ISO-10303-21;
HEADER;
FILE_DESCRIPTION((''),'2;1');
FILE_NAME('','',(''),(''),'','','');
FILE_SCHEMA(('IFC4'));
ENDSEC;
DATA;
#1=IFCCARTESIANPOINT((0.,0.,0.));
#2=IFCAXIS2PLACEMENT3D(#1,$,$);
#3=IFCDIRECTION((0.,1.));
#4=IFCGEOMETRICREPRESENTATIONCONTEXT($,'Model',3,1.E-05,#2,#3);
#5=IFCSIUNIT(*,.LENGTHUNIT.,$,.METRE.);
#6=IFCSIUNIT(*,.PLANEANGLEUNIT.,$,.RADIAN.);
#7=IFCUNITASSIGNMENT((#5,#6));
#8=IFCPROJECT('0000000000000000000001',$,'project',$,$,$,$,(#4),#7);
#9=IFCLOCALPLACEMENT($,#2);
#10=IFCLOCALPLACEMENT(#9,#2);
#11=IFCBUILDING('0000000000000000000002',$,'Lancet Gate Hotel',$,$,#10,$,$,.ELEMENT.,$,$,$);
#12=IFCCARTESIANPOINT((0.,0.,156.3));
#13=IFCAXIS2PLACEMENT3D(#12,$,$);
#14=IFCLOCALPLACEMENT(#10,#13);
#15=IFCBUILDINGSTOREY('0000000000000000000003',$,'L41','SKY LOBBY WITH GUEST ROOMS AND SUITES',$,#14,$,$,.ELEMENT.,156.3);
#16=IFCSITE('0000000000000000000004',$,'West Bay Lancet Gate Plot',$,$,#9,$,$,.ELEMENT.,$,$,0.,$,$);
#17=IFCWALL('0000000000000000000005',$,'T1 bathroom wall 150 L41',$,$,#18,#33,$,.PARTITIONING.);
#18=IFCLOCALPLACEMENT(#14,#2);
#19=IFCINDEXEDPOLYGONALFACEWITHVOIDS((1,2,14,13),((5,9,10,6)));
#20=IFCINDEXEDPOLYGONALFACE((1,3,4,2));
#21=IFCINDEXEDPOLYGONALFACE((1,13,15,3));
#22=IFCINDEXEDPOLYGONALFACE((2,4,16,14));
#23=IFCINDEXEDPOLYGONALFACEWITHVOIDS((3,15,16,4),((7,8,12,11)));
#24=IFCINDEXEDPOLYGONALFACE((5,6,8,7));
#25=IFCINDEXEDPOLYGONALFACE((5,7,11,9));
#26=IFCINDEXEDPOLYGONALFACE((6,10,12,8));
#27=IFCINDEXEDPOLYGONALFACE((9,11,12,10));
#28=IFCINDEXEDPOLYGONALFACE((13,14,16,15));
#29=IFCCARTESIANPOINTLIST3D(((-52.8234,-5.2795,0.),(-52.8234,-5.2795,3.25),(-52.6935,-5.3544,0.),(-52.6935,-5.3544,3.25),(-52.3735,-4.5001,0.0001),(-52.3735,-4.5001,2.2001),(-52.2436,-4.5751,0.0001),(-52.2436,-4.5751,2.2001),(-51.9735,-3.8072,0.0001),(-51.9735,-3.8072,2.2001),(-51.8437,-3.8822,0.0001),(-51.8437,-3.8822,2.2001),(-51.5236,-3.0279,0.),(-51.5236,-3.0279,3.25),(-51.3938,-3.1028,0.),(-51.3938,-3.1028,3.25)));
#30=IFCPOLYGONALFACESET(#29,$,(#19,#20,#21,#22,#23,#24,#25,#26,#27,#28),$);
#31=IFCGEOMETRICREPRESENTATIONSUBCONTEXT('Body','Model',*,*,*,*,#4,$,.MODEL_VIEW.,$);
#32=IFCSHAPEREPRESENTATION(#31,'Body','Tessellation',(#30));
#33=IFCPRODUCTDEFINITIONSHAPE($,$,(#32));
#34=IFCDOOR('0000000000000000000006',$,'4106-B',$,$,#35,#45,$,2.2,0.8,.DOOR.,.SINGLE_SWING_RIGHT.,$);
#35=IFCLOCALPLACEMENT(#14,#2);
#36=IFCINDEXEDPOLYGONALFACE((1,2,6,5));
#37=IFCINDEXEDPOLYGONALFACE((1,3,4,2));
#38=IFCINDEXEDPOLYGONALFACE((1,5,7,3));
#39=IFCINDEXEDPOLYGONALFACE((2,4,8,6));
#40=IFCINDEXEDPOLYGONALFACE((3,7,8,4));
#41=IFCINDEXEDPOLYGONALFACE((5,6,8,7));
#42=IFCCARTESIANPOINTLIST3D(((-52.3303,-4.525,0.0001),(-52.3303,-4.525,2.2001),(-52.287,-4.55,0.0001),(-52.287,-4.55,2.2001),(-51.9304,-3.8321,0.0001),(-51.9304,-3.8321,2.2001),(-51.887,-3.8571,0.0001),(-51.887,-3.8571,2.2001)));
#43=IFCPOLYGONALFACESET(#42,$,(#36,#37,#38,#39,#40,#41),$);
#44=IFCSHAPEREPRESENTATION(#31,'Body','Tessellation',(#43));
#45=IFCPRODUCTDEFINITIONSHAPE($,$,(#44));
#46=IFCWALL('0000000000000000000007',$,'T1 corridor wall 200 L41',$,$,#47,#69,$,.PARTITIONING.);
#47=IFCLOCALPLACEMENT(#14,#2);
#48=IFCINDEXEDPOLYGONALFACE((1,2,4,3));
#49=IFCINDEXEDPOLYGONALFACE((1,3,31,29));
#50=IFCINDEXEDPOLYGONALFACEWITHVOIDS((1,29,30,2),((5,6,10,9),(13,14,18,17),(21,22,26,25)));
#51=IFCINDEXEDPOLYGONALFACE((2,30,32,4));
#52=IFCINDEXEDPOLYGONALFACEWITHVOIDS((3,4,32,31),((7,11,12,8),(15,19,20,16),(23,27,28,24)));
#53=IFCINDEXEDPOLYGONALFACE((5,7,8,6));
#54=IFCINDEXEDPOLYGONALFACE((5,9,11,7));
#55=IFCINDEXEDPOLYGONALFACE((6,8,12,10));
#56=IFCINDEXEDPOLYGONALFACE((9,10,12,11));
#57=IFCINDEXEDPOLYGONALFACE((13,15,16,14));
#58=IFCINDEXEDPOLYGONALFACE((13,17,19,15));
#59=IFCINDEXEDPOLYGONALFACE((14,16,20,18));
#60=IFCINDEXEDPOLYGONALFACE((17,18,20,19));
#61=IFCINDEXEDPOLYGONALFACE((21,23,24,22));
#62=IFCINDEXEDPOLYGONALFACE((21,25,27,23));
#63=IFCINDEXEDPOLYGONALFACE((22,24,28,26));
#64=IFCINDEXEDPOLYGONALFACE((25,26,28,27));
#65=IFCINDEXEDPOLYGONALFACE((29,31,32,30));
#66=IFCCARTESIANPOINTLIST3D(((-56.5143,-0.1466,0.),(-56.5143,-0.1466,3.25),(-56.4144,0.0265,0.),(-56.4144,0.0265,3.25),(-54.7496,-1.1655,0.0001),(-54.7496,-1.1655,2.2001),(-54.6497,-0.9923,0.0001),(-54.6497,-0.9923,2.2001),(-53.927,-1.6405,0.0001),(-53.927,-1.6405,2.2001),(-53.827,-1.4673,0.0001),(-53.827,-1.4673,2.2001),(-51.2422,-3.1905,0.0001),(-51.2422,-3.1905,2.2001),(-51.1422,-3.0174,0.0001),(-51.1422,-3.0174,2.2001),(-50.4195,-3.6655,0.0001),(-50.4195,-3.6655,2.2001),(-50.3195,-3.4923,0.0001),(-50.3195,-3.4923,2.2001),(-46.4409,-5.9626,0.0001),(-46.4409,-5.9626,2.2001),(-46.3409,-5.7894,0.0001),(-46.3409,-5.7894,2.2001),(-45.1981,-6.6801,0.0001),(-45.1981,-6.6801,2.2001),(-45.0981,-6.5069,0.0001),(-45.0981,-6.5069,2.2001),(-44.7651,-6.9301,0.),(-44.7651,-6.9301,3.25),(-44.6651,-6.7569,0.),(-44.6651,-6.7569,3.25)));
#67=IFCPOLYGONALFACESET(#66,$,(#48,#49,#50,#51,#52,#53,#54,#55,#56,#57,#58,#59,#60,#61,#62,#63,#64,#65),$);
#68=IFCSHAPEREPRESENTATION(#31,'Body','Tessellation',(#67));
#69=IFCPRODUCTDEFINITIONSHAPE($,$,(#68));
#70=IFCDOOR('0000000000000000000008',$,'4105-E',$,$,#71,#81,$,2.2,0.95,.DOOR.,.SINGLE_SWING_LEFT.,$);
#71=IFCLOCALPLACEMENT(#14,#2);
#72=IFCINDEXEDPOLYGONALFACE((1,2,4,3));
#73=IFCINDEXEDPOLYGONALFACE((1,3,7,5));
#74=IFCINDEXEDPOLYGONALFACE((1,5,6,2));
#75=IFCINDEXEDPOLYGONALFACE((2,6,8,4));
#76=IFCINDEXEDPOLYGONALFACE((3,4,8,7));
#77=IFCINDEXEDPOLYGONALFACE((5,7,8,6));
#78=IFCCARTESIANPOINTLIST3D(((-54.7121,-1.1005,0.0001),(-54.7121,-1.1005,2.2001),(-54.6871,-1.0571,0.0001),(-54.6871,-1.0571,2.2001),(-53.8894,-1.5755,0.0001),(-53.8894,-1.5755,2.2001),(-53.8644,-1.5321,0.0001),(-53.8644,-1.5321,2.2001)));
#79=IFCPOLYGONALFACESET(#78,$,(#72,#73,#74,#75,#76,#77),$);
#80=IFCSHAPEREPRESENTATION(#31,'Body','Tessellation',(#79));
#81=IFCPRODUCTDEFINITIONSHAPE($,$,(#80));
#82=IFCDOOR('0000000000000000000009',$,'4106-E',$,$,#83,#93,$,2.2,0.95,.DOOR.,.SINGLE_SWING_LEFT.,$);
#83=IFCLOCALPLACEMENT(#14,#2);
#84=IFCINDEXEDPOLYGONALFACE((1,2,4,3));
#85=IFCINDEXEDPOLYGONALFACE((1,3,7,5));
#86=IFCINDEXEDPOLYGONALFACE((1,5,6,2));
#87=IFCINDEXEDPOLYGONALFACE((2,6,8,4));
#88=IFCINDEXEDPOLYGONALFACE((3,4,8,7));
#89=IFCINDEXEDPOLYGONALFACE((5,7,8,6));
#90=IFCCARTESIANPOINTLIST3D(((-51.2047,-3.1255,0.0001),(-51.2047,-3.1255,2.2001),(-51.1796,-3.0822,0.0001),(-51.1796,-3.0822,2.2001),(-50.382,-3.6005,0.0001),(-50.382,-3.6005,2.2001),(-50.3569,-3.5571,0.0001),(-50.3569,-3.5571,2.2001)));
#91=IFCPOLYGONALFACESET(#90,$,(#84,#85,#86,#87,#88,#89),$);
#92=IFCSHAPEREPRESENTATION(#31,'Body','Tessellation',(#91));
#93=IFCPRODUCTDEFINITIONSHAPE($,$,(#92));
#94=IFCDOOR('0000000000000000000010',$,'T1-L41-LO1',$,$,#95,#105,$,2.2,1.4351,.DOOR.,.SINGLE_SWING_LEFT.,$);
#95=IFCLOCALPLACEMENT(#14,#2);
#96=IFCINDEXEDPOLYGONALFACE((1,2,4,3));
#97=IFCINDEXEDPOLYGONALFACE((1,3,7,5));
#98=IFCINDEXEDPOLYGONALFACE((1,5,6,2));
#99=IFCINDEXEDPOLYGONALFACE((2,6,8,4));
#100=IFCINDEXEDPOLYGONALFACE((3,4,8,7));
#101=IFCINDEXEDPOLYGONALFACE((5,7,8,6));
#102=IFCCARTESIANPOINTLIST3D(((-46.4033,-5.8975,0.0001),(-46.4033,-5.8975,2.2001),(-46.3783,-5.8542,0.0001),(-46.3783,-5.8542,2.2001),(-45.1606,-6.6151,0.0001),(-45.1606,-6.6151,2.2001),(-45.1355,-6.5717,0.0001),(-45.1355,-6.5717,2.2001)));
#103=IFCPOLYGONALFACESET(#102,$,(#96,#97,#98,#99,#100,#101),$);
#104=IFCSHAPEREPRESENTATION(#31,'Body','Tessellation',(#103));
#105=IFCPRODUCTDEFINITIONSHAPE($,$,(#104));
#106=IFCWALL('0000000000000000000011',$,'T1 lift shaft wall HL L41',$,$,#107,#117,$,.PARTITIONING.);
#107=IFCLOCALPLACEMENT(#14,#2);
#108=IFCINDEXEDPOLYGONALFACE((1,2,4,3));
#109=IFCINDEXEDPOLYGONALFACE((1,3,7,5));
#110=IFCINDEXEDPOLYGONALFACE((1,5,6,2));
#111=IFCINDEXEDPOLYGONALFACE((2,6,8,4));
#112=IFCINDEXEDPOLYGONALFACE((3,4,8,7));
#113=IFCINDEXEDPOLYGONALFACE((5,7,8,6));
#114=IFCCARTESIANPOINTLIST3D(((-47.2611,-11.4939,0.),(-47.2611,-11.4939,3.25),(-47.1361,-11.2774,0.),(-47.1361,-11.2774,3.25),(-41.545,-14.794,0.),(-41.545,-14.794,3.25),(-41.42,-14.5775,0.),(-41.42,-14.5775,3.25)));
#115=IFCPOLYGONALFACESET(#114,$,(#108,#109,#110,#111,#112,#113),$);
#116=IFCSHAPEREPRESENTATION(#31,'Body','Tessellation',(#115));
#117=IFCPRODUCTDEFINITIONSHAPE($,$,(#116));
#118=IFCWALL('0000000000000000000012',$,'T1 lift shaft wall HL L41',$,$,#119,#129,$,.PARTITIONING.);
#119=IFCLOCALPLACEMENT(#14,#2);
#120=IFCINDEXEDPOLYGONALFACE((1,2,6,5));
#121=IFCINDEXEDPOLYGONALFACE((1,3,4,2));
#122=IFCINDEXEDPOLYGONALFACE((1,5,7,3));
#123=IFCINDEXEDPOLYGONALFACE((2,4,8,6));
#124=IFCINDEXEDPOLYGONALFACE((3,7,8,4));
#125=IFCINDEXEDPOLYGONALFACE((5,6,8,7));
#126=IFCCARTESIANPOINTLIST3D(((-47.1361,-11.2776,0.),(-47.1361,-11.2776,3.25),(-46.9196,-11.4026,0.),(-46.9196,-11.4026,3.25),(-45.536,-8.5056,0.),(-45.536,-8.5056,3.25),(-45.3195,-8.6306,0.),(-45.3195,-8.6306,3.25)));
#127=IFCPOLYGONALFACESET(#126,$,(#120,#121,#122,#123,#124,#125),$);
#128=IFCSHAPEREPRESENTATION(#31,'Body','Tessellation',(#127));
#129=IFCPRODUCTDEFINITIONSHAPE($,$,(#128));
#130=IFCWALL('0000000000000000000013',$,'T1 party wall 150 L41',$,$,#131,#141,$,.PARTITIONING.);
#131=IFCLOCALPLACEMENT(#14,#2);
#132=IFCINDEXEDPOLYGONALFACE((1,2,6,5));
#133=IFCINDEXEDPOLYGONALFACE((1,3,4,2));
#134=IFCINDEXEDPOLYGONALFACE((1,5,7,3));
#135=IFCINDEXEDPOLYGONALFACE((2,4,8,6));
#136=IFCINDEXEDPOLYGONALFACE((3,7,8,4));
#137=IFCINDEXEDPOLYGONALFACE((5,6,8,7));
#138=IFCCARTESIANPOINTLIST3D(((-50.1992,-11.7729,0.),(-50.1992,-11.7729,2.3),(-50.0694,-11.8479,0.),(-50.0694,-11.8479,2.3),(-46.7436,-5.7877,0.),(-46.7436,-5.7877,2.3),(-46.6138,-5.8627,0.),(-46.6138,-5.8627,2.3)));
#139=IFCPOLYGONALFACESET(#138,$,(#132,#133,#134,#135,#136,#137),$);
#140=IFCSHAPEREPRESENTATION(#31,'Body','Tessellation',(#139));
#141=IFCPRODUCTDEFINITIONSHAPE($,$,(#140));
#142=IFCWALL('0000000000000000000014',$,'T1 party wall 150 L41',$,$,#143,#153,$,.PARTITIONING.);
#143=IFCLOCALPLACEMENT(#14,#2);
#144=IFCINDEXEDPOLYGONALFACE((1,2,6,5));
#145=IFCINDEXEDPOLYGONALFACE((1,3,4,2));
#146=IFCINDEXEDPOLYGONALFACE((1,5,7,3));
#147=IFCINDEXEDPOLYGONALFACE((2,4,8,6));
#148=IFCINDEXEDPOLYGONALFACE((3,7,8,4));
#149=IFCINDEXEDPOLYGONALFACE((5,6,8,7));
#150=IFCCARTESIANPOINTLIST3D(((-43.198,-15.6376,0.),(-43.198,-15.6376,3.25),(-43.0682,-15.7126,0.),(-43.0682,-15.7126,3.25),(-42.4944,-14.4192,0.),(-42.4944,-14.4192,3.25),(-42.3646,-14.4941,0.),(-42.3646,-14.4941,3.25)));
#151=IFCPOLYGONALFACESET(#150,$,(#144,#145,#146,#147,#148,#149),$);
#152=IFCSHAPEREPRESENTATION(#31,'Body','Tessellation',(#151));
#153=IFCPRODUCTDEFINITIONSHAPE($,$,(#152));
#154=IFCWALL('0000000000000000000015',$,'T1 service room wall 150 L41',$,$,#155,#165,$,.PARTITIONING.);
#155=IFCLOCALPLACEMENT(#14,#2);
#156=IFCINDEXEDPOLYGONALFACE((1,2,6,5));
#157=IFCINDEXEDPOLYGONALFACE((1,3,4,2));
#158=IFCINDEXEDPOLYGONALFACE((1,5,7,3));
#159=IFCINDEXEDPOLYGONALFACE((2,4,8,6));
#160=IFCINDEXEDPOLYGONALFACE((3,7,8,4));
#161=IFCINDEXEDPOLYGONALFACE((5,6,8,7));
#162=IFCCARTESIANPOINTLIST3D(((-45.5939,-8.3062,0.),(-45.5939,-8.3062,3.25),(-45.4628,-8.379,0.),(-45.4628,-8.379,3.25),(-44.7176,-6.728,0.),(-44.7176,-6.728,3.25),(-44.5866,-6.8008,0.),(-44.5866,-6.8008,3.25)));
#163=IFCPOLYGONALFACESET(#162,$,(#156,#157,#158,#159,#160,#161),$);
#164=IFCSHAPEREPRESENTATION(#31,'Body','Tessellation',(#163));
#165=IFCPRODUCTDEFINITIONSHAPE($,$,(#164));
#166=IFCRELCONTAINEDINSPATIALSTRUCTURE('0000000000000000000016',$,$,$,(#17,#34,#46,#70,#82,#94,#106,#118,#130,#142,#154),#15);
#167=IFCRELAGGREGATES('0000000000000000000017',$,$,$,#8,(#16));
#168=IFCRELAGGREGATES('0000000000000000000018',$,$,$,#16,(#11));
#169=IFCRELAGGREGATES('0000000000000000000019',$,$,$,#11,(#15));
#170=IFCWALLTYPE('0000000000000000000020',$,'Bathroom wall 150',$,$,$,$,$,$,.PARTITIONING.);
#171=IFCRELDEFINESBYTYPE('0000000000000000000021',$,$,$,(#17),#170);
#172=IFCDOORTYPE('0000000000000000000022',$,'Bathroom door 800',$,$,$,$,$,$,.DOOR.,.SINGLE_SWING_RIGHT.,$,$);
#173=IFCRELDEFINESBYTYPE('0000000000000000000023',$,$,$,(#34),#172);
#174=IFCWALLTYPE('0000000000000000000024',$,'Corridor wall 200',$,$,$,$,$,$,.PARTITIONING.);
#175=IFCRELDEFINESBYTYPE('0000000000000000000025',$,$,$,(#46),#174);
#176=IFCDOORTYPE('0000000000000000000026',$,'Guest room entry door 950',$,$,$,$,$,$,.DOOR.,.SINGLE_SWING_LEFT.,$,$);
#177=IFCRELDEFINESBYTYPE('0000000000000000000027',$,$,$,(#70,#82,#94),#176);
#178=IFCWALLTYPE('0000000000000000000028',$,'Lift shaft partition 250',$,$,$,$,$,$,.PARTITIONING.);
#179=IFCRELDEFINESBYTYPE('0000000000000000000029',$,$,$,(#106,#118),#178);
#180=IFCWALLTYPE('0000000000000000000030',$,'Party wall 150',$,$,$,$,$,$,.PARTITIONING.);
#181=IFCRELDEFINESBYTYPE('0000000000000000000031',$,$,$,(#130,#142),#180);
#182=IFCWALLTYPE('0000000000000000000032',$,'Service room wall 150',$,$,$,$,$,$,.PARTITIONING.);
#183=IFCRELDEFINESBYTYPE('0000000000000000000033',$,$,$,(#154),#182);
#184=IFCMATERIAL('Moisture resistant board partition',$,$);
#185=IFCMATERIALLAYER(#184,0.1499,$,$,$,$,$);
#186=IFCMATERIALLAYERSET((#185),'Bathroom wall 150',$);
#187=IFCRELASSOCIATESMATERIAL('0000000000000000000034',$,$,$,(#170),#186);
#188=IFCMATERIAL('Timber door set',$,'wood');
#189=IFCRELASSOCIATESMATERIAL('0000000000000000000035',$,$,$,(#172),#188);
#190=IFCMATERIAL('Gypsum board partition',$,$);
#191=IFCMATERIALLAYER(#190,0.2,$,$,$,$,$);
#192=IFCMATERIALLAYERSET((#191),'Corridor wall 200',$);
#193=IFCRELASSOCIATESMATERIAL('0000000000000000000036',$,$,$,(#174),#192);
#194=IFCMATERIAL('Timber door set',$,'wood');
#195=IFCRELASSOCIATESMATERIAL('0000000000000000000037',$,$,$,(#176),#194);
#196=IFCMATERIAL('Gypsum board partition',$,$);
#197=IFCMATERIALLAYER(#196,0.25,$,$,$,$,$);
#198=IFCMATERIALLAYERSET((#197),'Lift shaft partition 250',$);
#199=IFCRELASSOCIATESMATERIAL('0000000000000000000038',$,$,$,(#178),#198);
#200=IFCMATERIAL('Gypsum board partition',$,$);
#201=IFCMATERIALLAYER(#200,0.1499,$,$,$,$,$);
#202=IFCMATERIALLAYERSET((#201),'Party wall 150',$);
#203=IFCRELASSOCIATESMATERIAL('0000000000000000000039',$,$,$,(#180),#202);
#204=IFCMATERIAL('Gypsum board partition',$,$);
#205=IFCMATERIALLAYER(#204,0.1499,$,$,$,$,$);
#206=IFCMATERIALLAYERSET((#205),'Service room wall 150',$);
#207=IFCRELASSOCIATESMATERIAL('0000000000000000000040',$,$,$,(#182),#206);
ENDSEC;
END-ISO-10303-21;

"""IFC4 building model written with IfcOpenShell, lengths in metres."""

from ifc_helpers import new_model, si_unit, direction, frame, frame_2d, origin, place, context, subcontext, project, spatial, rectangle, extrude, material, layer, layer_set, type_object, element, fill, save


model = new_model("IFC4")

# Units and contexts
model_context = context("Model", 3, precision=1e-05, world=origin(), true_north=direction((0.0, 1.0)))
body_context = subcontext(model_context, "Body", "Model", "MODEL_VIEW")
ifc_project = project(units=[si_unit("LENGTHUNIT", "METRE"), si_unit("PLANEANGLEUNIT", "RADIAN")], contexts=[model_context])

# Site, building, storey
site_placement = place(None, origin())
site = spatial("IfcSite", under=ifc_project, at=site_placement, Name="West Bay Lancet Gate Plot", CompositionType="ELEMENT", RefElevation=0.0)
building_placement = place(site_placement, origin())
building = spatial("IfcBuilding", under=site, at=building_placement, Name="Lancet Gate Hotel", CompositionType="ELEMENT")
storey_placement = place(building_placement, frame((0.0, 0.0, 156.3)))
storey = spatial("IfcBuildingStorey", under=building, at=storey_placement, Name="L41", Description="SKY LOBBY WITH GUEST ROOMS AND SUITES", CompositionType="ELEMENT", Elevation=156.3)

# Wall, opening, door
ifc_material_1 = material(Name="Moisture resistant board partition")
ifc_layer_1 = layer(ifc_material_1, 0.1499)
ifc_layer_set_1 = layer_set([ifc_layer_1], Name="Bathroom wall 150")
wall_type_1 = type_object("IfcWallType", Name="Bathroom wall 150", PredefinedType="PARTITIONING", material=ifc_layer_set_1)
wall_1_placement = place(storey_placement, frame((-51.4587, -3.0654, 0.0), z_axis=(0.0, 0.0, 1.0), x_axis=(-0.499937, -0.866062, 0.0)))
wall_1 = element("IfcWall", 1, at=wall_1_placement, inside=storey, type_object=wall_type_1, Name="T1 bathroom wall 150 L41", PredefinedType="PARTITIONING", context=body_context, shape_type="SweptSolid", body=[
    extrude(rectangle(XDim=2.5999, YDim=0.1499, at=frame_2d((1.2998, 0.0))), origin(), (0.0, 0.0, 1.0), 3.25),
])
opening_1_placement = place(wall_1_placement, frame((0.8999, 0.0, 0.0)))
opening_1 = element("IfcOpeningElement", 2, at=opening_1_placement, cuts=wall_1, PredefinedType="OPENING", context=body_context, shape_type="SweptSolid", body=[
    extrude(rectangle(XDim=0.8, YDim=2.2, at=frame_2d((0.3999, 1.1001))), frame((0.0, 0.085, 0.0), z_axis=(0.0, -1.0, 0.0), x_axis=(1.0, 0.0, 0.0)), (0.0, 0.0, 1.0), 0.1699),
])
ifc_material_2 = material(Name="Timber door set", Category="wood")
door_type_1 = type_object("IfcDoorType", Name="Bathroom door 800", OperationType="SINGLE_SWING_RIGHT", PredefinedType="DOOR", material=ifc_material_2)
door_1_placement = place(opening_1_placement, origin())
door_1 = element("IfcDoor", 3, at=door_1_placement, inside=storey, type_object=door_type_1, Name="4106-B", OperationType="SINGLE_SWING_RIGHT", OverallHeight=2.2, OverallWidth=0.8, PredefinedType="DOOR", context=body_context, shape_type="SweptSolid", body=[
    extrude(rectangle(XDim=0.8, YDim=2.2, at=frame_2d((0.3999, 1.1001))), frame((0.0, 0.0249, 0.0), z_axis=(0.0, -1.0, 0.0), x_axis=(1.0, 0.0, 0.0)), (0.0, 0.0, 1.0), 0.05),
])
fill(opening_1, door_1)

# Wall, openings, doors
ifc_material_3 = material(Name="Gypsum board partition")
ifc_layer_2 = layer(ifc_material_3, 0.2)
ifc_layer_set_2 = layer_set([ifc_layer_2], Name="Corridor wall 200")
wall_type_2 = type_object("IfcWallType", Name="Corridor wall 200", PredefinedType="PARTITIONING", material=ifc_layer_set_2)
wall_2_placement = place(storey_placement, frame((-44.7151, -6.8435, 0.0), z_axis=(0.0, 0.0, 1.0), x_axis=(-0.866025, 0.5, 0.0)))
wall_2 = element("IfcWall", 4, at=wall_2_placement, inside=storey, type_object=wall_type_2, Name="T1 corridor wall 200 L41", PredefinedType="PARTITIONING", context=body_context, shape_type="SweptSolid", body=[
    extrude(rectangle(XDim=13.5669, YDim=0.2, at=frame_2d((6.7834, 0.0))), origin(), (0.0, 0.0, 1.0), 3.25),
])
opening_2_placement = place(wall_2_placement, frame((10.5791, 0.0, 0.0)))
opening_2 = element("IfcOpeningElement", 5, at=opening_2_placement, cuts=wall_2, PredefinedType="OPENING", context=body_context, shape_type="SweptSolid", body=[
    extrude(rectangle(XDim=0.95, YDim=2.2, at=frame_2d((0.4751, 1.1001))), frame((0.0, 0.1099, 0.0), z_axis=(0.0, -1.0, 0.0), x_axis=(1.0, 0.0, 0.0)), (0.0, 0.0, 1.0), 0.22),
])
opening_3_placement = place(wall_2_placement, frame((6.5291, 0.0, 0.0)))
opening_3 = element("IfcOpeningElement", 6, at=opening_3_placement, cuts=wall_2, PredefinedType="OPENING", context=body_context, shape_type="SweptSolid", body=[
    extrude(rectangle(XDim=0.95, YDim=2.2, at=frame_2d((0.4751, 1.1001))), frame((0.0, 0.1099, 0.0), z_axis=(0.0, -1.0, 0.0), x_axis=(1.0, 0.0, 0.0)), (0.0, 0.0, 1.0), 0.22),
])
opening_4_placement = place(wall_2_placement, frame((0.5, 0.0, 0.0)))
opening_4 = element("IfcOpeningElement", 7, at=opening_4_placement, cuts=wall_2, PredefinedType="OPENING", context=body_context, shape_type="SweptSolid", body=[
    extrude(rectangle(XDim=1.4351, YDim=2.2, at=frame_2d((0.7175, 1.1001))), frame((0.0, 0.1099, 0.0), z_axis=(0.0, -1.0, 0.0), x_axis=(1.0, 0.0, 0.0)), (0.0, 0.0, 1.0), 0.22),
])
ifc_material_4 = material(Name="Timber door set", Category="wood")
door_type_2 = type_object("IfcDoorType", Name="Guest room entry door 950", OperationType="SINGLE_SWING_LEFT", PredefinedType="DOOR", material=ifc_material_4)
door_2_placement = place(opening_2_placement, origin())
door_2 = element("IfcDoor", 8, at=door_2_placement, inside=storey, type_object=door_type_2, Name="4105-E", OperationType="SINGLE_SWING_LEFT", OverallHeight=2.2, OverallWidth=0.95, PredefinedType="DOOR", context=body_context, shape_type="SweptSolid", body=[
    extrude(rectangle(XDim=0.95, YDim=2.2, at=frame_2d((0.4751, 1.1001))), frame((0.0, 0.0249, 0.0), z_axis=(0.0, -1.0, 0.0), x_axis=(1.0, 0.0, 0.0)), (0.0, 0.0, 1.0), 0.05),
])
fill(opening_2, door_2)
door_3_placement = place(opening_3_placement, origin())
door_3 = element("IfcDoor", 9, at=door_3_placement, inside=storey, type_object=door_type_2, Name="4106-E", OperationType="SINGLE_SWING_LEFT", OverallHeight=2.2, OverallWidth=0.95, PredefinedType="DOOR", context=body_context, shape_type="SweptSolid", body=[
    extrude(rectangle(XDim=0.95, YDim=2.2, at=frame_2d((0.4751, 1.1001))), frame((0.0, 0.0249, 0.0), z_axis=(0.0, -1.0, 0.0), x_axis=(1.0, 0.0, 0.0)), (0.0, 0.0, 1.0), 0.05),
])
fill(opening_3, door_3)
door_4_placement = place(opening_4_placement, origin())
door_4 = element("IfcDoor", 10, at=door_4_placement, inside=storey, type_object=door_type_2, Name="T1-L41-LO1", OperationType="SINGLE_SWING_LEFT", OverallHeight=2.2, OverallWidth=1.4351, PredefinedType="DOOR", context=body_context, shape_type="SweptSolid", body=[
    extrude(rectangle(XDim=1.4351, YDim=2.2, at=frame_2d((0.7175, 1.1001))), frame((0.0, 0.0249, 0.0), z_axis=(0.0, -1.0, 0.0), x_axis=(1.0, 0.0, 0.0)), (0.0, 0.0, 1.0), 0.05),
])
fill(opening_4, door_4)

# Walls
ifc_material_5 = material(Name="Gypsum board partition")
ifc_layer_3 = layer(ifc_material_5, 0.25)
ifc_layer_set_3 = layer_set([ifc_layer_3], Name="Lift shaft partition 250")
wall_type_3 = type_object("IfcWallType", Name="Lift shaft partition 250", PredefinedType="PARTITIONING", material=ifc_layer_set_3)
wall_3_placement = place(storey_placement, frame((-41.4824, -14.6858, 0.0), z_axis=(0.0, 0.0, 1.0), x_axis=(-0.866033, 0.499986, 0.0)))
element("IfcWall", 11, at=wall_3_placement, inside=storey, type_object=wall_type_3, Name="T1 lift shaft wall HL L41", PredefinedType="PARTITIONING", context=body_context, shape_type="SweptSolid", body=[
    extrude(rectangle(XDim=6.6003, YDim=0.25, at=frame_2d((3.3003, 0.0))), origin(), (0.0, 0.0, 1.0), 3.25),
])
wall_4_placement = place(storey_placement, frame((-45.4277, -8.5681, 0.0), z_axis=(0.0, 0.0, 1.0), x_axis=(-0.499929, -0.866066, 0.0)))
element("IfcWall", 12, at=wall_4_placement, inside=storey, type_object=wall_type_3, Name="T1 lift shaft wall HL L41", PredefinedType="PARTITIONING", context=body_context, shape_type="SweptSolid", body=[
    extrude(rectangle(XDim=3.2007, YDim=0.25, at=frame_2d((1.6003, 0.0))), origin(), (0.0, 0.0, 1.0), 3.25),
])
ifc_material_6 = material(Name="Gypsum board partition")
ifc_layer_4 = layer(ifc_material_6, 0.1499)
ifc_layer_set_4 = layer_set([ifc_layer_4], Name="Party wall 150")
wall_type_4 = type_object("IfcWallType", Name="Party wall 150", PredefinedType="PARTITIONING", material=ifc_layer_set_4)
wall_5_placement = place(storey_placement, frame((-46.6787, -5.8252, 0.0), z_axis=(0.0, 0.0, 1.0), x_axis=(-0.500007, -0.866021, 0.0)))
element("IfcWall", 13, at=wall_5_placement, inside=storey, type_object=wall_type_4, Name="T1 party wall 150 L41", PredefinedType="PARTITIONING", context=body_context, shape_type="SweptSolid", body=[
    extrude(rectangle(XDim=6.9111, YDim=0.1499, at=frame_2d((3.4556, 0.0))), origin(), (0.0, 0.0, 1.0), 2.3),
])
wall_6_placement = place(storey_placement, frame((-42.4294, -14.4565, 0.0), z_axis=(0.0, 0.0, 1.0), x_axis=(-0.500058, -0.865992, 0.0)))
element("IfcWall", 14, at=wall_6_placement, inside=storey, type_object=wall_type_4, Name="T1 party wall 150 L41", PredefinedType="PARTITIONING", context=body_context, shape_type="SweptSolid", body=[
    extrude(rectangle(XDim=1.407, YDim=0.1499, at=frame_2d((0.7036, 0.0))), origin(), (0.0, 0.0, 1.0), 3.25),
])
ifc_material_7 = material(Name="Gypsum board partition")
ifc_layer_5 = layer(ifc_material_7, 0.1499)
ifc_layer_set_5 = layer_set([ifc_layer_5], Name="Service room wall 150")
wall_type_5 = type_object("IfcWallType", Name="Service room wall 150", PredefinedType="PARTITIONING", material=ifc_layer_set_5)
wall_7_placement = place(storey_placement, frame((-44.6521, -6.7644, 0.0), z_axis=(0.0, 0.0, 1.0), x_axis=(-0.485425, -0.874278, 0.0)))
element("IfcWall", 15, at=wall_7_placement, inside=storey, type_object=wall_type_5, Name="T1 service room wall 150 L41", PredefinedType="PARTITIONING", context=body_context, shape_type="SweptSolid", body=[
    extrude(rectangle(XDim=1.8052, YDim=0.1499, at=frame_2d((0.9026, 0.0))), origin(), (0.0, 0.0, 1.0), 3.25),
])

save(model, "model.ifc")
